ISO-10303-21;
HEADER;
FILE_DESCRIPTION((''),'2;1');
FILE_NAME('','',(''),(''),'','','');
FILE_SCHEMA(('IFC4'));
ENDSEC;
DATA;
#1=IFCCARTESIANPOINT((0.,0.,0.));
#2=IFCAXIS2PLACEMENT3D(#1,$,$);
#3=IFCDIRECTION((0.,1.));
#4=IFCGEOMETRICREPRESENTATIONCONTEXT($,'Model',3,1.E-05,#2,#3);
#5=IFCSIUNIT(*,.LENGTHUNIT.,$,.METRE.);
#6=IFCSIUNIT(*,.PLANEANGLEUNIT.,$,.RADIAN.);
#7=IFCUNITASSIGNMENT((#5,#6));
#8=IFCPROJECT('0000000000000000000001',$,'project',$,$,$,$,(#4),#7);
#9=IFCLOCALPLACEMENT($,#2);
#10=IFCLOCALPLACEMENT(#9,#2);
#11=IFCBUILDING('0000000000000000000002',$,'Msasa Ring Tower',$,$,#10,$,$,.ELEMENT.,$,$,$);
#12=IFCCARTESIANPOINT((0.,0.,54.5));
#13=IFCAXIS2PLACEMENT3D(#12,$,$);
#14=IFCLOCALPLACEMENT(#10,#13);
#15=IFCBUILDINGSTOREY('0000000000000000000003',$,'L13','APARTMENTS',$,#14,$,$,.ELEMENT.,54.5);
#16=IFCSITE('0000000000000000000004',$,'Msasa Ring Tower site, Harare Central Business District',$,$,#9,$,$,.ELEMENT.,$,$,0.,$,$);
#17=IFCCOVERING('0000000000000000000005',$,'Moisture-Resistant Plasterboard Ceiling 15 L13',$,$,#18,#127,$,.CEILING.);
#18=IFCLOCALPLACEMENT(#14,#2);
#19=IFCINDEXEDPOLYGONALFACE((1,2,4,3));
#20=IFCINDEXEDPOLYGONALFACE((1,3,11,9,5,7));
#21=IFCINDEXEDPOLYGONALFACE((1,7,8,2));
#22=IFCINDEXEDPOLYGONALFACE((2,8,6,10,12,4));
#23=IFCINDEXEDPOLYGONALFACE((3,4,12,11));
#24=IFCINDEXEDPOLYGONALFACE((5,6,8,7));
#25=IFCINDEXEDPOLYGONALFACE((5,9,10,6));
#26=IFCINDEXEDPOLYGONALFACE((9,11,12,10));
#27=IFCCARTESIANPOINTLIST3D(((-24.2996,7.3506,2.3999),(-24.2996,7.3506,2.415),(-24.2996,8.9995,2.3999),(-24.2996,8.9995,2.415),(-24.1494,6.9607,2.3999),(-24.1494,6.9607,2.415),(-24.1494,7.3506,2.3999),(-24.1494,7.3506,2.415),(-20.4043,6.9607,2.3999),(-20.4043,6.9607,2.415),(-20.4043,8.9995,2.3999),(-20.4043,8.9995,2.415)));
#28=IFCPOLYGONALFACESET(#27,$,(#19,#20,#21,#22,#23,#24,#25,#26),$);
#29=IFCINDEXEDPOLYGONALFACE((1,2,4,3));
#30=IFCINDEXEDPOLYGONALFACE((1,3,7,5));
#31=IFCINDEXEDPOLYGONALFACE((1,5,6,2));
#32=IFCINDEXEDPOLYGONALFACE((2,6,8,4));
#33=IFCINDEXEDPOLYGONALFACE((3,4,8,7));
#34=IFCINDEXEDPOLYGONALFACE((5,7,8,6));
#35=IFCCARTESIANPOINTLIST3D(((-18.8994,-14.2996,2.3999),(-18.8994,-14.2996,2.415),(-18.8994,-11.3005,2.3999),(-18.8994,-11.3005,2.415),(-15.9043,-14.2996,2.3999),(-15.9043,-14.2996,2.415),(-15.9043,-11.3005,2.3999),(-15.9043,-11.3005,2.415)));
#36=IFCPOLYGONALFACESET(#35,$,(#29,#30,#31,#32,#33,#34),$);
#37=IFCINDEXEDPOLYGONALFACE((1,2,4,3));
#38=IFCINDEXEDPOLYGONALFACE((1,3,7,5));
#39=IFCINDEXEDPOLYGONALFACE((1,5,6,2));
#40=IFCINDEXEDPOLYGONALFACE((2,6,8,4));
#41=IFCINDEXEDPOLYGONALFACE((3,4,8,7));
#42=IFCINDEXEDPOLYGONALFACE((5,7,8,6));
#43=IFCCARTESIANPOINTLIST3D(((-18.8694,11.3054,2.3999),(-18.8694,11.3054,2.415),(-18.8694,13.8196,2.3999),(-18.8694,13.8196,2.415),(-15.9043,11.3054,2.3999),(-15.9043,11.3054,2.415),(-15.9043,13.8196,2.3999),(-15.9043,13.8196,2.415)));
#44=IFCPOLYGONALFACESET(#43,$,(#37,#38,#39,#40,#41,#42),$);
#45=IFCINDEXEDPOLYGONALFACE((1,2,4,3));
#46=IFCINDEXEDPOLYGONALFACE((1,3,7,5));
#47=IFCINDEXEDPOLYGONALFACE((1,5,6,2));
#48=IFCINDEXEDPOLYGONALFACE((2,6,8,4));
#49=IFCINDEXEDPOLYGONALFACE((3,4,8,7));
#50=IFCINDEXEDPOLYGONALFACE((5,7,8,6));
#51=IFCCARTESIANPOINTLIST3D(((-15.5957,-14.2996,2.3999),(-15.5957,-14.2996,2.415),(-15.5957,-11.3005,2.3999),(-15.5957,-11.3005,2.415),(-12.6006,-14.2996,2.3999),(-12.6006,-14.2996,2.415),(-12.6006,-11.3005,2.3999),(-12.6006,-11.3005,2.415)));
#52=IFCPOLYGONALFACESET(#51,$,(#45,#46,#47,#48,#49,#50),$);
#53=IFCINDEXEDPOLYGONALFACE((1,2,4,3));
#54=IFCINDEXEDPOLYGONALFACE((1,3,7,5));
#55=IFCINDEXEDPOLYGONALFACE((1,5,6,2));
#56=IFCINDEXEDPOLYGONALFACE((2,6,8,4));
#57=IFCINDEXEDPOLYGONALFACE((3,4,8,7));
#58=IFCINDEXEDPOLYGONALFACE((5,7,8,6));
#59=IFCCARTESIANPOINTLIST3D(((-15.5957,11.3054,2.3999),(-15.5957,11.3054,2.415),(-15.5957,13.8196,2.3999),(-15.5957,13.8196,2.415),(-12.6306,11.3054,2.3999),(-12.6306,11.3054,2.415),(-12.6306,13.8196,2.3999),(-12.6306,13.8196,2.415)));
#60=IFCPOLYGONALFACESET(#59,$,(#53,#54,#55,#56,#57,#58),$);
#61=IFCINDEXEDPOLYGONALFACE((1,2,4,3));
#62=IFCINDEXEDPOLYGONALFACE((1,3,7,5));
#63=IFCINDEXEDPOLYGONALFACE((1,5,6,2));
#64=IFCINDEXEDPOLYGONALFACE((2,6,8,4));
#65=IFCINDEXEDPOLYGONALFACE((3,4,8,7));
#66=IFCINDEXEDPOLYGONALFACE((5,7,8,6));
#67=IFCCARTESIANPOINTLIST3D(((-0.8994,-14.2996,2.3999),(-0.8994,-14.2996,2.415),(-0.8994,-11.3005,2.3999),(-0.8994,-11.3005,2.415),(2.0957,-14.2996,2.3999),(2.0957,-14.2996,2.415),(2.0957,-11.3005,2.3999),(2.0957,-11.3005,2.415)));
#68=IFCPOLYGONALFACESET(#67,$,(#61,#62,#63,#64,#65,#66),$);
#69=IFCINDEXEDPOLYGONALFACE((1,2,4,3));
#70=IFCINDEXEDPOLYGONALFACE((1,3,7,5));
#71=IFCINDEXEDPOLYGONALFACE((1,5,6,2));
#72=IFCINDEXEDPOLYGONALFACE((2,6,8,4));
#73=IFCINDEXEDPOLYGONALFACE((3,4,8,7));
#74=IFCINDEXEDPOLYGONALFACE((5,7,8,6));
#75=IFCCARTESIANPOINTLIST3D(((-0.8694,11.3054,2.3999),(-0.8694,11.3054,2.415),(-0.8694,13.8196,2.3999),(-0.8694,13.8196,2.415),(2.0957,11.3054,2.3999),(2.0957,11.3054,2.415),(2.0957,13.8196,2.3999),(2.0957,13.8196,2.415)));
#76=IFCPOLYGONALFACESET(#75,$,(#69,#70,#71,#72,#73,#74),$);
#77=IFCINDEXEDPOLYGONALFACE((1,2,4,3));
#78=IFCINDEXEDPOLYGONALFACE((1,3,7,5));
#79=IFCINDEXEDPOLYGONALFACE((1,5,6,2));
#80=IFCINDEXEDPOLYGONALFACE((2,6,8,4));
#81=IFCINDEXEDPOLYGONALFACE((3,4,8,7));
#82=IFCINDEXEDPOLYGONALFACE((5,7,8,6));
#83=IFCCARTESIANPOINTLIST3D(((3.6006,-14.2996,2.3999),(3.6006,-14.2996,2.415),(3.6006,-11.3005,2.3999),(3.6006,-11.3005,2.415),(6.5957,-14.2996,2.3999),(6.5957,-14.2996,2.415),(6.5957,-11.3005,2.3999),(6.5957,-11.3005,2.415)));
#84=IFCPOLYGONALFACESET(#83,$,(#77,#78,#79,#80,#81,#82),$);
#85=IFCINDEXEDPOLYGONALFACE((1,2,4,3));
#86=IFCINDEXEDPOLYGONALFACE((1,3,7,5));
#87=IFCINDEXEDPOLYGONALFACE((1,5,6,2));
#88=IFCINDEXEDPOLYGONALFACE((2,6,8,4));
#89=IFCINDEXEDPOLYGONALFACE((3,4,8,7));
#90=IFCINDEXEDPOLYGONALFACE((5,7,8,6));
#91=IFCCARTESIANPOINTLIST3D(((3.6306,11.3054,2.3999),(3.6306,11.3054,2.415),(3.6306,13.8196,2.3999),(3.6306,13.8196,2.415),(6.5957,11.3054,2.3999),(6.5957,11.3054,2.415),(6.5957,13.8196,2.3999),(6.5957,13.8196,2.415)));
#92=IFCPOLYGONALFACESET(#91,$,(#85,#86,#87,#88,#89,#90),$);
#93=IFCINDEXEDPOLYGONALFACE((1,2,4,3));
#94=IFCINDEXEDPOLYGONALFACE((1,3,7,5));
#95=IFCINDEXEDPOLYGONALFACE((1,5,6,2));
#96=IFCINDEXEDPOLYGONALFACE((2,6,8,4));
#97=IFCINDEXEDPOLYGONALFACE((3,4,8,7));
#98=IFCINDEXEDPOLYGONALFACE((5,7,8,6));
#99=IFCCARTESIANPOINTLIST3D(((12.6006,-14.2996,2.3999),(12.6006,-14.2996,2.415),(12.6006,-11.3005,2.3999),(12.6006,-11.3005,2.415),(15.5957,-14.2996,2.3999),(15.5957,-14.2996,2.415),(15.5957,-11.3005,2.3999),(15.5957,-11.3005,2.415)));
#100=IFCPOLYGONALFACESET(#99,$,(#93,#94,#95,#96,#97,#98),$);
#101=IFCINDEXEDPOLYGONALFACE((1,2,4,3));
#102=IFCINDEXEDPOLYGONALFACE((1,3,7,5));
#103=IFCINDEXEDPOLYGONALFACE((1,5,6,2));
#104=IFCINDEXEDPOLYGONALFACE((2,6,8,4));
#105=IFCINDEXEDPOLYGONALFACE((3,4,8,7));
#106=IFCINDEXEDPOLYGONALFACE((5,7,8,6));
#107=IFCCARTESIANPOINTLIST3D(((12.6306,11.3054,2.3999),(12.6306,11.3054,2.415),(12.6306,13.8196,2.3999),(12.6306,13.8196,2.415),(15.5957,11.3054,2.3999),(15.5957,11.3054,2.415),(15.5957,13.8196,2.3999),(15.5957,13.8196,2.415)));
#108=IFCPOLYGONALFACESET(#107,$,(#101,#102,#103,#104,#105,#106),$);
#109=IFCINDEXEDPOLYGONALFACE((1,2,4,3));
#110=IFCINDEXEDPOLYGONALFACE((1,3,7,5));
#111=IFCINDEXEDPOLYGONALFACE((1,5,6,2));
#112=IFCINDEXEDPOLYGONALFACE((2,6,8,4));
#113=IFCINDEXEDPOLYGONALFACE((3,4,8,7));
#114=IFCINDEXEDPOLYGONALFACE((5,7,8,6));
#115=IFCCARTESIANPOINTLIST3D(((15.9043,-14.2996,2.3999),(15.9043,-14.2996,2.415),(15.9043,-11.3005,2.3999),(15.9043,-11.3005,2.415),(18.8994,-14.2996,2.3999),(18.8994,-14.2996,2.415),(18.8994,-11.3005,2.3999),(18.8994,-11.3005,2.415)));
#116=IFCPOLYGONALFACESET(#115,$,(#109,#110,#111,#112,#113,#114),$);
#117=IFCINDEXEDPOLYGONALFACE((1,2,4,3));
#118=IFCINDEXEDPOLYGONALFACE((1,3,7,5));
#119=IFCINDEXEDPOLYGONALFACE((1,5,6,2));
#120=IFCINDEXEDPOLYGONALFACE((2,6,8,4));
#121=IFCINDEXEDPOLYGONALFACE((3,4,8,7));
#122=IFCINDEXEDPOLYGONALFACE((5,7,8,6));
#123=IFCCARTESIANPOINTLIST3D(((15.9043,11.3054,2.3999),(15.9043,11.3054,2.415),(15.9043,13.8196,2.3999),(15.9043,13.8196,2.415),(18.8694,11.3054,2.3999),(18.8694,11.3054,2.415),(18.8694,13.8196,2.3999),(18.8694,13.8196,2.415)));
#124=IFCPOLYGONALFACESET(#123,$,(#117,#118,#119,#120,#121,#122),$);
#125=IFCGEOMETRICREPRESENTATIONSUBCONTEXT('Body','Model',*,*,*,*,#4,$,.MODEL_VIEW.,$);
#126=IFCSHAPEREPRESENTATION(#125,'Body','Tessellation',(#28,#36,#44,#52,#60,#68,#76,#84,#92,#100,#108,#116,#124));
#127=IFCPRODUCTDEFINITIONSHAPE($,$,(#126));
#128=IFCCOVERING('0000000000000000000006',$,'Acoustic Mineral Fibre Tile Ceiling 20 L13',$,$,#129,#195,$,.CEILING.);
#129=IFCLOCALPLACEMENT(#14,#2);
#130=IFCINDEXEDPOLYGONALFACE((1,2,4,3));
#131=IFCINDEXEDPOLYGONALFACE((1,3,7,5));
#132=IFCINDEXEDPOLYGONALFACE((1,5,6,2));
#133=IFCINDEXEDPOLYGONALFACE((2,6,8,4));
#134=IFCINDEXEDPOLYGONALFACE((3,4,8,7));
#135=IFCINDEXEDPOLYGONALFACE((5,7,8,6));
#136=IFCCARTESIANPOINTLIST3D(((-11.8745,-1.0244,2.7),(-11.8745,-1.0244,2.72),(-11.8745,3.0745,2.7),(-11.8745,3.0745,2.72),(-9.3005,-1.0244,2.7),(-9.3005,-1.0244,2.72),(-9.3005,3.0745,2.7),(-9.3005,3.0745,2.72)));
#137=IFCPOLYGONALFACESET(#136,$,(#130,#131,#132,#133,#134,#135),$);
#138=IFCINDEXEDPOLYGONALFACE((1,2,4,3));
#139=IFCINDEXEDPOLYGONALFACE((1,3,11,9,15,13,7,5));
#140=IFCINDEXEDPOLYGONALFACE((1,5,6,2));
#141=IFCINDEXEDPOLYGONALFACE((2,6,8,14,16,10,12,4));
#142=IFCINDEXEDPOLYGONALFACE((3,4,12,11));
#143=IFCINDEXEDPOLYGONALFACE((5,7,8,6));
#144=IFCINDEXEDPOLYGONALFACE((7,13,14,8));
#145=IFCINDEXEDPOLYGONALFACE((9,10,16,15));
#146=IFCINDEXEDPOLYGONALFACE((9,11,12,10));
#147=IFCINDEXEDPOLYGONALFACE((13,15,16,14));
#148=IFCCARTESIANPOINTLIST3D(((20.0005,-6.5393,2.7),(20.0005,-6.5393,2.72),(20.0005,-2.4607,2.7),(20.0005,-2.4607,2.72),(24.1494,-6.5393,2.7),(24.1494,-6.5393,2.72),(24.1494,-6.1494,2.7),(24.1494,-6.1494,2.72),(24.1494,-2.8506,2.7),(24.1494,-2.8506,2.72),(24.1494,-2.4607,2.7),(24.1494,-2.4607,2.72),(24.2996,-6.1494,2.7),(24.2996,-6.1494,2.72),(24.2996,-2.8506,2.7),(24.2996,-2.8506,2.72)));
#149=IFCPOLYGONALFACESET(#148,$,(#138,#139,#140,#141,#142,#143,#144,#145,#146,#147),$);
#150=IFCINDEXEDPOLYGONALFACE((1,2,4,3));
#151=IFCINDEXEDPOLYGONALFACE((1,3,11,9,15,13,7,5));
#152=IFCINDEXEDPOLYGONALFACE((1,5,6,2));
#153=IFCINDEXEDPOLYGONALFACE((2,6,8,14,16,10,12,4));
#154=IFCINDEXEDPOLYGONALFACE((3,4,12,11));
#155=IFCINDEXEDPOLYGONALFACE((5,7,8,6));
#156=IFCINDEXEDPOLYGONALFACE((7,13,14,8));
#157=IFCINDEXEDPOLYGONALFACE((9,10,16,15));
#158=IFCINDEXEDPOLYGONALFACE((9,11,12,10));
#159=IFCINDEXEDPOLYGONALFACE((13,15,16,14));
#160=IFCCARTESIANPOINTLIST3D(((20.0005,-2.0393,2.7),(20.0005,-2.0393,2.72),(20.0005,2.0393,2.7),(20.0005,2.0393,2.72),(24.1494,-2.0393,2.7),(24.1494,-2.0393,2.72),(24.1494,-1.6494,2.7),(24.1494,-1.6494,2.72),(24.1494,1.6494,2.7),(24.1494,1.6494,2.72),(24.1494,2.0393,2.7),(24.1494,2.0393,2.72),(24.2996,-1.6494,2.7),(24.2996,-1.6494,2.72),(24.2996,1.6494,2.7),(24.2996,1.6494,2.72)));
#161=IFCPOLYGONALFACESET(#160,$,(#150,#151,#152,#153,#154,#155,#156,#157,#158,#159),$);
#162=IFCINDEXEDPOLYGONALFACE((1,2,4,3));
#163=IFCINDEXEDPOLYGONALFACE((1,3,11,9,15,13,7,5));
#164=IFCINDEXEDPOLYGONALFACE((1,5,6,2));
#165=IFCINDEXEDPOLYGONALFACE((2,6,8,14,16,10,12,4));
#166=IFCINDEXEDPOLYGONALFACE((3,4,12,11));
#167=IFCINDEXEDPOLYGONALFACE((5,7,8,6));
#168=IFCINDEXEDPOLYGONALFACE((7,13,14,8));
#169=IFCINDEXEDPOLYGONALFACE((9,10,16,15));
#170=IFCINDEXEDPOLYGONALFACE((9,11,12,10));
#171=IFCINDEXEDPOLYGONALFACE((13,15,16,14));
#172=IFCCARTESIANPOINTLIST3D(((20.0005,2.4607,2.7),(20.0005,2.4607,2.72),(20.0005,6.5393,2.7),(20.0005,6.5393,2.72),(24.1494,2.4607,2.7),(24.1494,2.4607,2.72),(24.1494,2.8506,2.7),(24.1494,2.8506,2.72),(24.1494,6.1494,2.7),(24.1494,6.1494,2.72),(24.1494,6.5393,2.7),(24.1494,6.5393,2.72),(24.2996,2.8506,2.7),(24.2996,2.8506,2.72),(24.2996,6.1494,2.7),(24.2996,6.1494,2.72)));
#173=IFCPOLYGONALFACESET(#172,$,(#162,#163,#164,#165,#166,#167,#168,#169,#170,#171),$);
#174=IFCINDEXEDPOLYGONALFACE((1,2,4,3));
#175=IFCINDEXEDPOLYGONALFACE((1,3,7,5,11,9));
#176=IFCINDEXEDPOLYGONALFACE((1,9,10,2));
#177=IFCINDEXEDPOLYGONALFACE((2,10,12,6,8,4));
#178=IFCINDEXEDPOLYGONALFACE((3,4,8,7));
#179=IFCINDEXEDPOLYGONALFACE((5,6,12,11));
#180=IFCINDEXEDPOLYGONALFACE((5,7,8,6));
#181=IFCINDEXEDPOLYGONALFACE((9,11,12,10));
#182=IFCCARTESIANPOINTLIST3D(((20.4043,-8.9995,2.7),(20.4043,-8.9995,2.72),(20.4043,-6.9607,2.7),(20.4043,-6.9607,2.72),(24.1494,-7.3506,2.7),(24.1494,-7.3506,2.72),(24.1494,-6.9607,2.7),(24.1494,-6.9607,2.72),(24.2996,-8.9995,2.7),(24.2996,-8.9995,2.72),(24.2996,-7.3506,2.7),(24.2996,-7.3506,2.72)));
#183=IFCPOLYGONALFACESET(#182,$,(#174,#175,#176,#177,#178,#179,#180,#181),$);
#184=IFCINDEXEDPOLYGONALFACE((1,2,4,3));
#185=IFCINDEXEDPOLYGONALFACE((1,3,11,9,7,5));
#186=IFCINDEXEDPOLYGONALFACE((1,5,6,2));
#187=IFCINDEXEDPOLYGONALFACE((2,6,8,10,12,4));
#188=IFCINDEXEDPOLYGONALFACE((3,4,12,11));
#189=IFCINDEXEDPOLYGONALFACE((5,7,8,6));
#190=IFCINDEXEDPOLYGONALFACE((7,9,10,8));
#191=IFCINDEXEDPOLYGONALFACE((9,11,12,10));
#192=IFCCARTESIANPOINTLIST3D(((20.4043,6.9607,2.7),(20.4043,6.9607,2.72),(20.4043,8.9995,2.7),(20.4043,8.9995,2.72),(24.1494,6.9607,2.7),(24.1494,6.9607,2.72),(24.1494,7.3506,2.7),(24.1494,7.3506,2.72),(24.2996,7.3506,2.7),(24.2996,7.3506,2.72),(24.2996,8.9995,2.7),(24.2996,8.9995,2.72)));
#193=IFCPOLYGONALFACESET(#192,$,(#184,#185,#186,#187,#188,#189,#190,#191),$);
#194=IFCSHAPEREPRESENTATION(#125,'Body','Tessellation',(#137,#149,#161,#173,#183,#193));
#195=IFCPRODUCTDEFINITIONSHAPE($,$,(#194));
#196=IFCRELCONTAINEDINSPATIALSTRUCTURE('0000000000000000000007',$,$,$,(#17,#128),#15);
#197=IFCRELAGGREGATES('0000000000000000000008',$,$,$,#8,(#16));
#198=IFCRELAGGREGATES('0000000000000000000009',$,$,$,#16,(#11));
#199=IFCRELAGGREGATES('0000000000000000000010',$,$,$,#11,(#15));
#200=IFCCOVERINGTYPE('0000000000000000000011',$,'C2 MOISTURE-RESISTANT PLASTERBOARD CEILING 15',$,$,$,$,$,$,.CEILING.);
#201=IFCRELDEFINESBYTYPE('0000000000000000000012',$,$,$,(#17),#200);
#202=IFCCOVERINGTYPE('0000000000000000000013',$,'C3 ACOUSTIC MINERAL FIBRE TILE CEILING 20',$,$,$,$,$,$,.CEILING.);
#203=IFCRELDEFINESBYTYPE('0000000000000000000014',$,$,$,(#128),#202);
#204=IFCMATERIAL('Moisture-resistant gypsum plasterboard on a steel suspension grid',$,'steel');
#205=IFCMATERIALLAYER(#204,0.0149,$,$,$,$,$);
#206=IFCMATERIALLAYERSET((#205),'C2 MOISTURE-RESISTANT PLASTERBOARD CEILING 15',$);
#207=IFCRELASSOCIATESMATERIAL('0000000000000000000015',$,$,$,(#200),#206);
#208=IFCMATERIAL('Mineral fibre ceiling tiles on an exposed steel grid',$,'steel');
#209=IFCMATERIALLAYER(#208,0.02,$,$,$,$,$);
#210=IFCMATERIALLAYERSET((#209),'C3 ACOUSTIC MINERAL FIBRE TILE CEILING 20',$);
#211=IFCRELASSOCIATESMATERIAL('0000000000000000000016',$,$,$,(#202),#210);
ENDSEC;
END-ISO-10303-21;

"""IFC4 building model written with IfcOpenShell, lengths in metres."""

from ifc_helpers import new_model, si_unit, direction, frame, origin, place, context, subcontext, project, spatial, line, indexed_curve, outline, extrude, material, layer, layer_set, type_object, element, save


model = new_model("IFC4")

# Units and contexts
model_context = context("Model", 3, precision=1e-05, world=origin(), true_north=direction((0.0, 1.0)))
body_context = subcontext(model_context, "Body", "Model", "MODEL_VIEW")
ifc_project = project(units=[si_unit("LENGTHUNIT", "METRE"), si_unit("PLANEANGLEUNIT", "RADIAN")], contexts=[model_context])

# Site, building, storey
site_placement = place(None, origin())
site = spatial("IfcSite", under=ifc_project, at=site_placement, Name="Msasa Ring Tower site, Harare Central Business District", CompositionType="ELEMENT", RefElevation=0.0)
building_placement = place(site_placement, origin())
building = spatial("IfcBuilding", under=site, at=building_placement, Name="Msasa Ring Tower", CompositionType="ELEMENT")
storey_placement = place(building_placement, frame((0.0, 0.0, 54.5)))
storey = spatial("IfcBuildingStorey", under=building, at=storey_placement, Name="L13", Description="APARTMENTS", CompositionType="ELEMENT", Elevation=54.5)

# Coverings
ifc_material_1 = material(Name="Moisture-resistant gypsum plasterboard on a steel suspension grid", Category="steel")
ifc_layer_1 = layer(ifc_material_1, 0.0149)
ifc_layer_set_1 = layer_set([ifc_layer_1], Name="C2 MOISTURE-RESISTANT PLASTERBOARD CEILING 15")
covering_type_1 = type_object("IfcCoveringType", Name="C2 MOISTURE-RESISTANT PLASTERBOARD CEILING 15", PredefinedType="CEILING", material=ifc_layer_set_1)
covering_1_placement = place(storey_placement, frame((0.0, 0.0, 2.3999)))
element("IfcCovering", 1, at=covering_1_placement, inside=storey, type_object=covering_type_1, Name="Moisture-Resistant Plasterboard Ceiling 15 L13", PredefinedType="CEILING", context=body_context, shape_type="SweptSolid", body=[
    extrude(outline(indexed_curve([(-20.4043, 8.9995), (-20.4043, 6.9607), (-24.1494, 6.9607), (-24.1494, 7.3506), (-24.2996, 7.3506), (-24.2996, 8.9995)], segments=[line(1, 2, 3, 4, 5, 6, 1)], self_intersect=False)), origin(), (0.0, 0.0, 1.0), 0.0151),
    extrude(outline(indexed_curve([(-18.8994, -14.2996), (-18.8994, -11.3005), (-15.9043, -11.3005), (-15.9043, -14.2996)], segments=[line(1, 2, 3, 4, 1)], self_intersect=False)), origin(), (0.0, 0.0, 1.0), 0.0151),
    extrude(outline(indexed_curve([(-18.8694, 13.8196), (-15.9043, 13.8196), (-15.9043, 11.3054), (-18.8694, 11.3054)], segments=[line(1, 2, 3, 4, 1)], self_intersect=False)), origin(), (0.0, 0.0, 1.0), 0.0151),
    extrude(outline(indexed_curve([(-12.6006, -11.3005), (-12.6006, -14.2996), (-15.5957, -14.2996), (-15.5957, -11.3005)], segments=[line(1, 2, 3, 4, 1)], self_intersect=False)), origin(), (0.0, 0.0, 1.0), 0.0151),
    extrude(outline(indexed_curve([(-12.6306, 13.8196), (-12.6306, 11.3054), (-15.5957, 11.3054), (-15.5957, 13.8196)], segments=[line(1, 2, 3, 4, 1)], self_intersect=False)), origin(), (0.0, 0.0, 1.0), 0.0151),
    extrude(outline(indexed_curve([(-0.8994, -11.3005), (2.0957, -11.3005), (2.0957, -14.2996), (-0.8994, -14.2996)], segments=[line(1, 2, 3, 4, 1)], self_intersect=False)), origin(), (0.0, 0.0, 1.0), 0.0151),
    extrude(outline(indexed_curve([(-0.8694, 11.3054), (-0.8694, 13.8196), (2.0957, 13.8196), (2.0957, 11.3054)], segments=[line(1, 2, 3, 4, 1)], self_intersect=False)), origin(), (0.0, 0.0, 1.0), 0.0151),
    extrude(outline(indexed_curve([(3.6006, -11.3005), (6.5957, -11.3005), (6.5957, -14.2996), (3.6006, -14.2996)], segments=[line(1, 2, 3, 4, 1)], self_intersect=False)), origin(), (0.0, 0.0, 1.0), 0.0151),
    extrude(outline(indexed_curve([(3.6306, 13.8196), (6.5957, 13.8196), (6.5957, 11.3054), (3.6306, 11.3054)], segments=[line(1, 2, 3, 4, 1)], self_intersect=False)), origin(), (0.0, 0.0, 1.0), 0.0151),
    extrude(outline(indexed_curve([(12.6006, -11.3005), (15.5957, -11.3005), (15.5957, -14.2996), (12.6006, -14.2996)], segments=[line(1, 2, 3, 4, 1)], self_intersect=False)), origin(), (0.0, 0.0, 1.0), 0.0151),
    extrude(outline(indexed_curve([(12.6306, 13.8196), (15.5957, 13.8196), (15.5957, 11.3054), (12.6306, 11.3054)], segments=[line(1, 2, 3, 4, 1)], self_intersect=False)), origin(), (0.0, 0.0, 1.0), 0.0151),
    extrude(outline(indexed_curve([(18.8994, -11.3005), (18.8994, -14.2996), (15.9043, -14.2996), (15.9043, -11.3005)], segments=[line(1, 2, 3, 4, 1)], self_intersect=False)), origin(), (0.0, 0.0, 1.0), 0.0151),
    extrude(outline(indexed_curve([(18.8694, 13.8196), (18.8694, 11.3054), (15.9043, 11.3054), (15.9043, 13.8196)], segments=[line(1, 2, 3, 4, 1)], self_intersect=False)), origin(), (0.0, 0.0, 1.0), 0.0151),
])
ifc_material_2 = material(Name="Mineral fibre ceiling tiles on an exposed steel grid", Category="steel")
ifc_layer_2 = layer(ifc_material_2, 0.02)
ifc_layer_set_2 = layer_set([ifc_layer_2], Name="C3 ACOUSTIC MINERAL FIBRE TILE CEILING 20")
covering_type_2 = type_object("IfcCoveringType", Name="C3 ACOUSTIC MINERAL FIBRE TILE CEILING 20", PredefinedType="CEILING", material=ifc_layer_set_2)
covering_2_placement = place(storey_placement, frame((0.0, 0.0, 2.7)))
element("IfcCovering", 2, at=covering_2_placement, inside=storey, type_object=covering_type_2, Name="Acoustic Mineral Fibre Tile Ceiling 20 L13", PredefinedType="CEILING", context=body_context, shape_type="SweptSolid", body=[
    extrude(outline(indexed_curve([(-9.3005, 3.0745), (-9.3005, -1.0244), (-11.8745, -1.0244), (-11.8745, 3.0745)], segments=[line(1, 2, 3, 4, 1)], self_intersect=False)), origin(), (0.0, 0.0, 1.0), 0.02),
    extrude(outline(indexed_curve([(20.0005, -2.4607), (24.1494, -2.4607), (24.1494, -2.8506), (24.2996, -2.8506), (24.2996, -6.1494), (24.1494, -6.1494), (24.1494, -6.5393), (20.0005, -6.5393)], segments=[line(1, 2, 3, 4, 5, 6, 7, 8, 1)], self_intersect=False)), origin(), (0.0, 0.0, 1.0), 0.02),
    extrude(outline(indexed_curve([(20.0005, 2.0393), (24.1494, 2.0393), (24.1494, 1.6494), (24.2996, 1.6494), (24.2996, -1.6494), (24.1494, -1.6494), (24.1494, -2.0393), (20.0005, -2.0393)], segments=[line(1, 2, 3, 4, 5, 6, 7, 8, 1)], self_intersect=False)), origin(), (0.0, 0.0, 1.0), 0.02),
    extrude(outline(indexed_curve([(20.0005, 6.5393), (24.1494, 6.5393), (24.1494, 6.1494), (24.2996, 6.1494), (24.2996, 2.8506), (24.1494, 2.8506), (24.1494, 2.4607), (20.0005, 2.4607)], segments=[line(1, 2, 3, 4, 5, 6, 7, 8, 1)], self_intersect=False)), origin(), (0.0, 0.0, 1.0), 0.02),
    extrude(outline(indexed_curve([(24.2996, -8.9995), (20.4043, -8.9995), (20.4043, -6.9607), (24.1494, -6.9607), (24.1494, -7.3506), (24.2996, -7.3506)], segments=[line(1, 2, 3, 4, 5, 6, 1)], self_intersect=False)), origin(), (0.0, 0.0, 1.0), 0.02),
    extrude(outline(indexed_curve([(24.2996, 8.9995), (24.2996, 7.3506), (24.1494, 7.3506), (24.1494, 6.9607), (20.4043, 6.9607), (20.4043, 8.9995)], segments=[line(1, 2, 3, 4, 5, 6, 1)], self_intersect=False)), origin(), (0.0, 0.0, 1.0), 0.02),
])

save(model, "model.ifc")
